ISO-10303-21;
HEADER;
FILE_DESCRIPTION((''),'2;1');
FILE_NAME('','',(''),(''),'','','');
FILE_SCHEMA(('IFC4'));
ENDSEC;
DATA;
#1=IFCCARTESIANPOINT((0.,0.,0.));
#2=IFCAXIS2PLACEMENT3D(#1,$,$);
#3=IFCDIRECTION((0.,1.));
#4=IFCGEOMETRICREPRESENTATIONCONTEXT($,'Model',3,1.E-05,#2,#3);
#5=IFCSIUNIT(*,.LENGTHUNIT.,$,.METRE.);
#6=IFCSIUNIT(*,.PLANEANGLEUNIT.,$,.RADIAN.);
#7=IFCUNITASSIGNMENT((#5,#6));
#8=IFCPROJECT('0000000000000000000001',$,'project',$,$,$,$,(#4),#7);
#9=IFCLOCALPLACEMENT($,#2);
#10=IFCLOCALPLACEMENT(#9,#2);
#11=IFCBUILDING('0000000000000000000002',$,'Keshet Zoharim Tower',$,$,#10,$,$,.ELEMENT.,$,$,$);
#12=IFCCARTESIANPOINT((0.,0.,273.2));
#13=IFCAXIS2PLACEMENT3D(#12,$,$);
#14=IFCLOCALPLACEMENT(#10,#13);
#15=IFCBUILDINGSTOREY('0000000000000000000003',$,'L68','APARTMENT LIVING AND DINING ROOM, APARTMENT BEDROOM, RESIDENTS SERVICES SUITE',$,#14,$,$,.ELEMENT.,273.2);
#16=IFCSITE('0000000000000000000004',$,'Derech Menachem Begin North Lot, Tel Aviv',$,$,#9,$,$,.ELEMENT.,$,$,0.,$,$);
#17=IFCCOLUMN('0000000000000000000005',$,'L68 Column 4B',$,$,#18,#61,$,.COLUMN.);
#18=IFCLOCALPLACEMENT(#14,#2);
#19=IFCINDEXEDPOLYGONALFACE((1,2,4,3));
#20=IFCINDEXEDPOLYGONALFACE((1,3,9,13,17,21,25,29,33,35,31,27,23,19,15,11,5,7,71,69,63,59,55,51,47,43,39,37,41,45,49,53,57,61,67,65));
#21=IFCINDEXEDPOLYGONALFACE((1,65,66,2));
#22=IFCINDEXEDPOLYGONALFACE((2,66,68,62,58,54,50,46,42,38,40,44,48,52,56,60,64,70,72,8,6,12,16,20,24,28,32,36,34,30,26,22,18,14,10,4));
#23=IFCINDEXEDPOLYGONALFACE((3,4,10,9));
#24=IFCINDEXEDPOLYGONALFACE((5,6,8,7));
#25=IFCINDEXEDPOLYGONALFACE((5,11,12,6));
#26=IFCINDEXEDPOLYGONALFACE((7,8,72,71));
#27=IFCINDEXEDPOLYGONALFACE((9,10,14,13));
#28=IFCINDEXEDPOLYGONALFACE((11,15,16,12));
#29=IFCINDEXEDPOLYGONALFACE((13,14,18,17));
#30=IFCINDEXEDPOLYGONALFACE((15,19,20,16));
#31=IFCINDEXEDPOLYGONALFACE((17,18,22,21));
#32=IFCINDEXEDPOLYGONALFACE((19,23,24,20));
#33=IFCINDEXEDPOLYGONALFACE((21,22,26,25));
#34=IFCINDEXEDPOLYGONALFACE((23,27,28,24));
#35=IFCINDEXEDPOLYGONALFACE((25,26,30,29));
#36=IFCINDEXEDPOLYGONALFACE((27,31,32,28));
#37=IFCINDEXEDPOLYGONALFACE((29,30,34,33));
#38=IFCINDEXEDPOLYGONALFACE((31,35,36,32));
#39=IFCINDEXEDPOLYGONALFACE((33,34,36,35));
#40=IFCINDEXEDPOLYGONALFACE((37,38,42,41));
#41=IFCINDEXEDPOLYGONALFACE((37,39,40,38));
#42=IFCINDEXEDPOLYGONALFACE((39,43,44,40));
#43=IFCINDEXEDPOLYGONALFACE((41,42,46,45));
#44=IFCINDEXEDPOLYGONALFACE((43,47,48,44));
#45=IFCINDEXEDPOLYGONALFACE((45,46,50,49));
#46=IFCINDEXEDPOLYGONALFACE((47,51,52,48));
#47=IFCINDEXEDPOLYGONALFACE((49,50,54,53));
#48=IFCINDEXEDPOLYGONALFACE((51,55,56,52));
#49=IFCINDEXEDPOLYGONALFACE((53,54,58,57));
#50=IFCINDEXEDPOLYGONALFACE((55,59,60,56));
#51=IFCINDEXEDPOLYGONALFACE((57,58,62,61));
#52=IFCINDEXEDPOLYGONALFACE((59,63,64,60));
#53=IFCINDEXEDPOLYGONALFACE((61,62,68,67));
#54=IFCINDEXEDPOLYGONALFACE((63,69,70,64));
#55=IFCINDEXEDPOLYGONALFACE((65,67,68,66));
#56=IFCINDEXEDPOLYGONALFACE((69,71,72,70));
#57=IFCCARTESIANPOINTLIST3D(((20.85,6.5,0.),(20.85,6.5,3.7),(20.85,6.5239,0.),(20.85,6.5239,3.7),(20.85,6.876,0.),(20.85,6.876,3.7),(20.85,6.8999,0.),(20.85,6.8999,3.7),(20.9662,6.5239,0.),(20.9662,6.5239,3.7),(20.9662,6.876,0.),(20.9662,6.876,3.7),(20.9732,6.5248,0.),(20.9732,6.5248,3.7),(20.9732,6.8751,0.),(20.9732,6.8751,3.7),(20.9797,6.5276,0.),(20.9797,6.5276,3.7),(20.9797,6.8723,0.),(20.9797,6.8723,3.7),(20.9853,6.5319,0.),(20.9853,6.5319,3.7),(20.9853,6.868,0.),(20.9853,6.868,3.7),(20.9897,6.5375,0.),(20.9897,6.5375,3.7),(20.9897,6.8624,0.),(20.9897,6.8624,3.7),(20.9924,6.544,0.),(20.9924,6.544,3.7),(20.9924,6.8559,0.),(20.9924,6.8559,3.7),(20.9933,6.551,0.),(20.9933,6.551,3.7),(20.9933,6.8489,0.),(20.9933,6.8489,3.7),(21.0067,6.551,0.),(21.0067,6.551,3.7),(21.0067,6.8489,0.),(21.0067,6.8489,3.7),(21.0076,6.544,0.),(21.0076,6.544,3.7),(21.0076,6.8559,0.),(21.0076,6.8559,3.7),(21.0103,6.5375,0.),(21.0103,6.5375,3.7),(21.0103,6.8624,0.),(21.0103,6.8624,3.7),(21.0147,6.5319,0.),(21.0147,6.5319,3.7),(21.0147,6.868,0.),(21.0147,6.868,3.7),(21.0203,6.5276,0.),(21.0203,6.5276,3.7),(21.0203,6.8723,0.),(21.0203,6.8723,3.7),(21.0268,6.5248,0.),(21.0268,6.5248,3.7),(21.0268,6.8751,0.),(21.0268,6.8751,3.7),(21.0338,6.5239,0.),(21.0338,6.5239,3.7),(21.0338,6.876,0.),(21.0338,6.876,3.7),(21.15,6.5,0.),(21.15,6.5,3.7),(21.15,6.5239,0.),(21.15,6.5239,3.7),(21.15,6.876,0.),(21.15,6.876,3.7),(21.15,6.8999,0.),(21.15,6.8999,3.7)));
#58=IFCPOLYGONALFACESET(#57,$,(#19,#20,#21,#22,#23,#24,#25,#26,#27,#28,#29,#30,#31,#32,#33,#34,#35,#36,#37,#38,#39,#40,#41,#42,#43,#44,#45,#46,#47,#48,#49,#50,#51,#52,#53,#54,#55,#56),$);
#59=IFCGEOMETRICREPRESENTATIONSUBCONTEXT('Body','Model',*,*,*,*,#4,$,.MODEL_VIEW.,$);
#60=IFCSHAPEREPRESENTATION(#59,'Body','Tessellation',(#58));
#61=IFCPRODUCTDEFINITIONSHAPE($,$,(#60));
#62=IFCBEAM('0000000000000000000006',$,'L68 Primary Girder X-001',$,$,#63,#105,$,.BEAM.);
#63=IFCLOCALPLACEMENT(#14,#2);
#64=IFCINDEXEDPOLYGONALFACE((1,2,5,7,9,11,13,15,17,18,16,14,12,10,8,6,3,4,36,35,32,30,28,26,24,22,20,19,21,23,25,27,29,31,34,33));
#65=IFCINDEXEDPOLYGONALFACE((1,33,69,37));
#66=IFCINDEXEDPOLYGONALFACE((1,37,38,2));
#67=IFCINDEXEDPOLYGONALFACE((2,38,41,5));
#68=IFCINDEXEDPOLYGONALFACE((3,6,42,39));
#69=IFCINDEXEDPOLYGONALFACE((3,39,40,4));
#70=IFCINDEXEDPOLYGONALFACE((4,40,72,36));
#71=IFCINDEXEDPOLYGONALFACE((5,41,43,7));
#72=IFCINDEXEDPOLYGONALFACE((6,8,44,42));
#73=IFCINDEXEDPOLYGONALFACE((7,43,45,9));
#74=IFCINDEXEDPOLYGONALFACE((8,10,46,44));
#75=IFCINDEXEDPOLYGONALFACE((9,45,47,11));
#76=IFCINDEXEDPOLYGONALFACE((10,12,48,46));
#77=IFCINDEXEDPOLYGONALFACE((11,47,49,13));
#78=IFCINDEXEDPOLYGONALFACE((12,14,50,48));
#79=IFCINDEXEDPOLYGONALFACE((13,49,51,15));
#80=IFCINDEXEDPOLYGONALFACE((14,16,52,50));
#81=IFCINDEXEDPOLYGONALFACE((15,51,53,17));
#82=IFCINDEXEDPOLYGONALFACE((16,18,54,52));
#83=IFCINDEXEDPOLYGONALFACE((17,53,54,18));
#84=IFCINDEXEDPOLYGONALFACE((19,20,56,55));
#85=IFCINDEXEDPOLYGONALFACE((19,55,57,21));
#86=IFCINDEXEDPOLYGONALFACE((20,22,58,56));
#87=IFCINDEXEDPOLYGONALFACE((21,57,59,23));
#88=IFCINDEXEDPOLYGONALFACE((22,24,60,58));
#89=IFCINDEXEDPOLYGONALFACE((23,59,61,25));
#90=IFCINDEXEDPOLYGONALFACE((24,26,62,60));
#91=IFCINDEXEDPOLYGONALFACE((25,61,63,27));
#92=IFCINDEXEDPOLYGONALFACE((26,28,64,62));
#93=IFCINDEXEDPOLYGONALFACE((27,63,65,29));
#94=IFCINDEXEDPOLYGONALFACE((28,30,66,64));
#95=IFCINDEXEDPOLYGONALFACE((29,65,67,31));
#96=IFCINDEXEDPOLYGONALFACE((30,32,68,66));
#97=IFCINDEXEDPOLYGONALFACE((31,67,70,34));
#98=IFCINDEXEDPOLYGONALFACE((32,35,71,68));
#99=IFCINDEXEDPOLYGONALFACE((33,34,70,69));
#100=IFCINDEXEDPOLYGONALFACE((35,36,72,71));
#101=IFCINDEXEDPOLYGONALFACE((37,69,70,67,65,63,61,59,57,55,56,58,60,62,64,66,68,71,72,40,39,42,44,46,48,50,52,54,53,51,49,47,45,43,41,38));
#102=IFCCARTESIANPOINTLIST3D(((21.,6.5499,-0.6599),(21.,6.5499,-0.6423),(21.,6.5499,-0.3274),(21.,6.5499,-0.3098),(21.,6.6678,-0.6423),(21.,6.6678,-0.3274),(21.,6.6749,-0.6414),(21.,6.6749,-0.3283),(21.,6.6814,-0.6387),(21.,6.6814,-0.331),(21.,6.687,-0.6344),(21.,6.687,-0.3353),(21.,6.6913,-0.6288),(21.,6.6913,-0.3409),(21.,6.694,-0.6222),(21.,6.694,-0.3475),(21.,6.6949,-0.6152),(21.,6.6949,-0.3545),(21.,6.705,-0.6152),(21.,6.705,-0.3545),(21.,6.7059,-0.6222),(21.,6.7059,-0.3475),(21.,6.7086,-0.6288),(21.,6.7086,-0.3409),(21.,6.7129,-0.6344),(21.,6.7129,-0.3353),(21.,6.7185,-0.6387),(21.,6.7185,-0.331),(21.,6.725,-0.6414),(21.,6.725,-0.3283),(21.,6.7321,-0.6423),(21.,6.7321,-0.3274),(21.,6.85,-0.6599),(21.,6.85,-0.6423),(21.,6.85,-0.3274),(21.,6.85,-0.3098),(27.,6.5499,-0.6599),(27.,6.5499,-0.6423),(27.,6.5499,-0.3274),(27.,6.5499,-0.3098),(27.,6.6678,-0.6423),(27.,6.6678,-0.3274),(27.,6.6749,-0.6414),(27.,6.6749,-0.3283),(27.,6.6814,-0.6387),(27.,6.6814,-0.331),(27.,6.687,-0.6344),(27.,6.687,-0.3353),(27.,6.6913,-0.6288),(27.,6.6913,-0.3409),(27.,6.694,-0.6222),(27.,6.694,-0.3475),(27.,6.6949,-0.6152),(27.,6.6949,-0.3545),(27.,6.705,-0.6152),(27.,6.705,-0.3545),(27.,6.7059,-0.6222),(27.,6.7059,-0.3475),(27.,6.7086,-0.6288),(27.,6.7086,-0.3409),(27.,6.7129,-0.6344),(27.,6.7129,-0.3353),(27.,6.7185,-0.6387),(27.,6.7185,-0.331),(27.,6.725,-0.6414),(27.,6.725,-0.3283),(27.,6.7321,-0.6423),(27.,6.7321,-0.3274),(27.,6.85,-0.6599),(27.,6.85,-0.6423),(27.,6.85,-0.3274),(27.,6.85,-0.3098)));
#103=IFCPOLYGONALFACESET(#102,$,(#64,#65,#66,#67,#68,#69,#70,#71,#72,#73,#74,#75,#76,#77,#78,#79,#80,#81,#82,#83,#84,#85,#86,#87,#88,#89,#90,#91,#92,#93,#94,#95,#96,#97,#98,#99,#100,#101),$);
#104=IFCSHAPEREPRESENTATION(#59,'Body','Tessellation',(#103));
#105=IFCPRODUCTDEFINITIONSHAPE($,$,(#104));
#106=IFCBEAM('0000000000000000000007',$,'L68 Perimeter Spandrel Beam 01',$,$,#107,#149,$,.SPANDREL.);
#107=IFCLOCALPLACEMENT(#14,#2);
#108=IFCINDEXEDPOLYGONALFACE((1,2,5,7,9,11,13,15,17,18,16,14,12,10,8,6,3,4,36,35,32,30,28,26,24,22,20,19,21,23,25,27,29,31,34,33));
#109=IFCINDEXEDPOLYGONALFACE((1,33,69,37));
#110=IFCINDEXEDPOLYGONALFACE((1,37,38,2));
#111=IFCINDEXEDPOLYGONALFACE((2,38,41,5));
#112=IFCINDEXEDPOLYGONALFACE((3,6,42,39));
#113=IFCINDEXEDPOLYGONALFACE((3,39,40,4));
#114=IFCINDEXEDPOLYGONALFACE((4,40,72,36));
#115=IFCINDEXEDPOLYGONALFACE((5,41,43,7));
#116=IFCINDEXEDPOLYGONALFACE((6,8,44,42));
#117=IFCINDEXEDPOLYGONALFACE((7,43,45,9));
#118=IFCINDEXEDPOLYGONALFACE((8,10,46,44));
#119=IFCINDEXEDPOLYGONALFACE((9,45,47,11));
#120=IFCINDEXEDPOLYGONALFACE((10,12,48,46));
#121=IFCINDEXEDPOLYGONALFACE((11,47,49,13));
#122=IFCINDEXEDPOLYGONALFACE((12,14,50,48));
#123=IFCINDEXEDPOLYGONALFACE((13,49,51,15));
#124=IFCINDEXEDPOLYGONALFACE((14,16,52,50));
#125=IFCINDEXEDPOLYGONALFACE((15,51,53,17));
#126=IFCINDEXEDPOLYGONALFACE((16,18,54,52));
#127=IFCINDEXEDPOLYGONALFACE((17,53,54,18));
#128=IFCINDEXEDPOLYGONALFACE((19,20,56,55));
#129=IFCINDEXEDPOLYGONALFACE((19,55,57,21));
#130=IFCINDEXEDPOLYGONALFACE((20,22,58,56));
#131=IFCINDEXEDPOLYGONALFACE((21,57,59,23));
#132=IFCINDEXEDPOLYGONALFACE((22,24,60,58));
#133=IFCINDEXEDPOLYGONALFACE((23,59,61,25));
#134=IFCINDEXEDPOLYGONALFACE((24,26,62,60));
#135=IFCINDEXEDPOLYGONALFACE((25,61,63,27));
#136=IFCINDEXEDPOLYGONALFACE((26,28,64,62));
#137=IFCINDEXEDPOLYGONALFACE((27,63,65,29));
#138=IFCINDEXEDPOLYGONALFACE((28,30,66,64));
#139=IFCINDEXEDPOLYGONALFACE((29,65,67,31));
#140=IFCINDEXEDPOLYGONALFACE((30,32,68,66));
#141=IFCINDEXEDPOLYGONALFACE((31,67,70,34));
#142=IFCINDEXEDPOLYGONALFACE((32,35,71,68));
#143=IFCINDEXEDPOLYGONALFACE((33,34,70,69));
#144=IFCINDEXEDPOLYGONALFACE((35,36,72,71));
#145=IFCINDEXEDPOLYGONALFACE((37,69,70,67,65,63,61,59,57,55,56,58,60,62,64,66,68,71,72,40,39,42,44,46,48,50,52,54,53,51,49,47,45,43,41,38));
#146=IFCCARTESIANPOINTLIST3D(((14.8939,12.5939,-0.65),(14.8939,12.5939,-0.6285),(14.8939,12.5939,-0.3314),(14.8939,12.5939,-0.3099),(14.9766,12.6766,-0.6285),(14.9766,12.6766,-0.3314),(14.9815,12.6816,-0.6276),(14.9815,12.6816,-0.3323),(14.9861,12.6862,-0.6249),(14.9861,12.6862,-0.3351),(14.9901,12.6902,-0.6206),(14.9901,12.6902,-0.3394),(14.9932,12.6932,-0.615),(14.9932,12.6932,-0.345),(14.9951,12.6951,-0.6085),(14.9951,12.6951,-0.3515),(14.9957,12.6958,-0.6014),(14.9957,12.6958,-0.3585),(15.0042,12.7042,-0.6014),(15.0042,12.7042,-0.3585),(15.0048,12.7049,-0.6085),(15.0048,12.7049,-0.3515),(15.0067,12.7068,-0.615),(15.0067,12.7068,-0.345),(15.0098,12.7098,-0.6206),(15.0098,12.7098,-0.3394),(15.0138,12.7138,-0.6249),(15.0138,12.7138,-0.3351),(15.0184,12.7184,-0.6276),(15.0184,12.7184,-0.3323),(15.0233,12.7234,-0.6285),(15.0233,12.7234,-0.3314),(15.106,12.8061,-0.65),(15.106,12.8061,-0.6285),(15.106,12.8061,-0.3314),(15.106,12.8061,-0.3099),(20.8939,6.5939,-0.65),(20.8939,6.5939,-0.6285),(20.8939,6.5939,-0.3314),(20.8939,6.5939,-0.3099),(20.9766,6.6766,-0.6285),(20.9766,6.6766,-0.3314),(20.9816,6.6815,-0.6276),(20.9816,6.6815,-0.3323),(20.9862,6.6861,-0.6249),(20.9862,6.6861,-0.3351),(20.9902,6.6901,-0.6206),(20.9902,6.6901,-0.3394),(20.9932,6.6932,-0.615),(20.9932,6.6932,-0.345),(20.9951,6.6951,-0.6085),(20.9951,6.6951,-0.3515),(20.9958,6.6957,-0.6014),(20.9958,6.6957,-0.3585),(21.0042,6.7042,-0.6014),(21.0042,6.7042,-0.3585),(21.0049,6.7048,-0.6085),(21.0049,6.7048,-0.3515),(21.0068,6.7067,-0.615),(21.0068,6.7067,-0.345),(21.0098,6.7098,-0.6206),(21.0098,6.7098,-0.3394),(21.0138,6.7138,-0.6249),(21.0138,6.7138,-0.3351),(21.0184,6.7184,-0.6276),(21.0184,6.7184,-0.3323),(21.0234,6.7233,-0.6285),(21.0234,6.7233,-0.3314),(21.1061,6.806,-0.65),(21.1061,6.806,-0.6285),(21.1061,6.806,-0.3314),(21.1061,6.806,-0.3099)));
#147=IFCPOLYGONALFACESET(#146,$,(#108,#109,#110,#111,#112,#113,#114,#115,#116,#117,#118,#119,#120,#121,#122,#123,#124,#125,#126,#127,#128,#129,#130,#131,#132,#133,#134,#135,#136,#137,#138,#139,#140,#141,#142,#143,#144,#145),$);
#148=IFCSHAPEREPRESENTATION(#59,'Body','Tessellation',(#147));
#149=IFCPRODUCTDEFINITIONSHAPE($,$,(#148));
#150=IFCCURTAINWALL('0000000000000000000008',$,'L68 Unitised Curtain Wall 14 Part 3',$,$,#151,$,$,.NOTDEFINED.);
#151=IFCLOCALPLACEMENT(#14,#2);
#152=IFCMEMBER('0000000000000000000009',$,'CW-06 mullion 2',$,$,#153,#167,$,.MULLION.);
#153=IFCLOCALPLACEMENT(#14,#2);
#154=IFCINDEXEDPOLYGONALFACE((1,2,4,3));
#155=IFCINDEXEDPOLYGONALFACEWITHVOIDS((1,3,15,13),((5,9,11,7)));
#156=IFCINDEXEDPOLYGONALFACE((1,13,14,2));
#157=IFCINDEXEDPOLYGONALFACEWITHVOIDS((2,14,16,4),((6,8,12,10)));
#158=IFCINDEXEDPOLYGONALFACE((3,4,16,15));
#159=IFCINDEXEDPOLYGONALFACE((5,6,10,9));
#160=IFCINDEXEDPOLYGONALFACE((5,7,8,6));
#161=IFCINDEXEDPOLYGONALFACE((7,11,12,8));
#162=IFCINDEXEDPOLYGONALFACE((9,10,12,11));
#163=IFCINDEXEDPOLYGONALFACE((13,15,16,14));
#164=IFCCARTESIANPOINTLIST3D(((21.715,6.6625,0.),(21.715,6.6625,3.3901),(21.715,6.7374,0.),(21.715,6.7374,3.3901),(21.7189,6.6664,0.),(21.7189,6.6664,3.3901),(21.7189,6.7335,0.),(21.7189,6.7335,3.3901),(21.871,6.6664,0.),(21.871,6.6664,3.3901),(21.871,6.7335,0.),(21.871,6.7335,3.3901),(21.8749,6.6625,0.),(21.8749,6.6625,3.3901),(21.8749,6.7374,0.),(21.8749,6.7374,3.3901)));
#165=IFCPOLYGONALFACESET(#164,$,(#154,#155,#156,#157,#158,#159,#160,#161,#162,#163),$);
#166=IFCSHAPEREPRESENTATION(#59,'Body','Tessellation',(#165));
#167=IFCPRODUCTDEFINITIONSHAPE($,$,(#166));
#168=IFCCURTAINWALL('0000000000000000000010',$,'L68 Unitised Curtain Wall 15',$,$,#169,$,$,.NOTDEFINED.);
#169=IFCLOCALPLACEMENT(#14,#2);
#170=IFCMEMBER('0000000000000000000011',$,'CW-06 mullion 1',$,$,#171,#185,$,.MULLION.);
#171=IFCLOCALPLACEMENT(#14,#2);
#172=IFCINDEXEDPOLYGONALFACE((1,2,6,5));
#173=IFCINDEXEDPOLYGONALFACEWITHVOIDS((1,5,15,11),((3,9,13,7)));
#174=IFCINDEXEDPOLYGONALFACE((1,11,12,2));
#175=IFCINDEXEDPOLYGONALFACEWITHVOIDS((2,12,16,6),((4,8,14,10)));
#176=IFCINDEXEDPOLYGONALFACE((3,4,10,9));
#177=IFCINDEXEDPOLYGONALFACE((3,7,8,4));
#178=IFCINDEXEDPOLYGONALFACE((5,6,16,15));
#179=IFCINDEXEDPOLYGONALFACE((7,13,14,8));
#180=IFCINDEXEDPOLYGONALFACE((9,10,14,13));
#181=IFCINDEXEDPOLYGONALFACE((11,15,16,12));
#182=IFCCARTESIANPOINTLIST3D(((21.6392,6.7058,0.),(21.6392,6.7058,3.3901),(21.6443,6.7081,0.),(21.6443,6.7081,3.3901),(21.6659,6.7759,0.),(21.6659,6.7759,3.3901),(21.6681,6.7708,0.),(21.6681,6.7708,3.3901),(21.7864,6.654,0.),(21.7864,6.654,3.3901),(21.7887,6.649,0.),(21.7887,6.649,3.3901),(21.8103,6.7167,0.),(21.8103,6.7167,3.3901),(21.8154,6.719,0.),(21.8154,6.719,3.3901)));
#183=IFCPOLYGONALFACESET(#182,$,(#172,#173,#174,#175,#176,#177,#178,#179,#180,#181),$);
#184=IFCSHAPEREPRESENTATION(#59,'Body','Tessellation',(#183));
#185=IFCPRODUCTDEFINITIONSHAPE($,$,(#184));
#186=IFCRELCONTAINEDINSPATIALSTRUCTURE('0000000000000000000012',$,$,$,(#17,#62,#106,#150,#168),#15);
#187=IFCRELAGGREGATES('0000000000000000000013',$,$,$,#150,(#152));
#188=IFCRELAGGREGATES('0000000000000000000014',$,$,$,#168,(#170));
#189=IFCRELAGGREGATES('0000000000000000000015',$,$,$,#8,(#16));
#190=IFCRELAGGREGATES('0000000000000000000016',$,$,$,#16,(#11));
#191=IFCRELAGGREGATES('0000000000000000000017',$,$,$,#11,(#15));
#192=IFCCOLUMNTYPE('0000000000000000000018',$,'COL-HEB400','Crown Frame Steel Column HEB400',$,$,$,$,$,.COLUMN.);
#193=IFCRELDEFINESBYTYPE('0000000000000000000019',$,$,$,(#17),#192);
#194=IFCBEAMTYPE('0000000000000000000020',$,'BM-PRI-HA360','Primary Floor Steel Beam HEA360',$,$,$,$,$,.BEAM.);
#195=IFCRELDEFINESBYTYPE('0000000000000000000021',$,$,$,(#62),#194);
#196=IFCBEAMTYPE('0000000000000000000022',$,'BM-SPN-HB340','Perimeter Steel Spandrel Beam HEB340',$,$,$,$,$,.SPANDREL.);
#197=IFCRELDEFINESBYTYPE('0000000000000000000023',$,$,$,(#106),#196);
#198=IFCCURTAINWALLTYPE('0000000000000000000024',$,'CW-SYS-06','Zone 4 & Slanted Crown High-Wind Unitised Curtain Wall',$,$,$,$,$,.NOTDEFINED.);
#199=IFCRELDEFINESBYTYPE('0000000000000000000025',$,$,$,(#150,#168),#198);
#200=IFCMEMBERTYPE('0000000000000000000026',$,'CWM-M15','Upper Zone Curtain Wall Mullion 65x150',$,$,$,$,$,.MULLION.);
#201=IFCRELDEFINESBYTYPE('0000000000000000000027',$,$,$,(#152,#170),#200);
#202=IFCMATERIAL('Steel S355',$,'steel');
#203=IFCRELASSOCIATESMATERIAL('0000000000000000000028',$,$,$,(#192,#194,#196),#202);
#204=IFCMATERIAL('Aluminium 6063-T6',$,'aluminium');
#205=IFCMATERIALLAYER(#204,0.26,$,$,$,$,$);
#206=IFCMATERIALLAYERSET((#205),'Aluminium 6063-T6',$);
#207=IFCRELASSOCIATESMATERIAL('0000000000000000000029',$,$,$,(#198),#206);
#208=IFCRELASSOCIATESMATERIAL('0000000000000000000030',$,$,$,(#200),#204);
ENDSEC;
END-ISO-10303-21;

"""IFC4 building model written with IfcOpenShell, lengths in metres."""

from ifc_helpers import new_model, si_unit, direction, frame, origin, origin_2d, place, context, subcontext, project, spatial, hollow_rectangle, i_section, extrude, material, layer, layer_set, material_profile, profile_set, type_object, element, aggregate, save


model = new_model("IFC4")

# Units and contexts
model_context = context("Model", 3, precision=1e-05, world=origin(), true_north=direction((0.0, 1.0)))
body_context = subcontext(model_context, "Body", "Model", "MODEL_VIEW")
ifc_project = project(units=[si_unit("LENGTHUNIT", "METRE"), si_unit("PLANEANGLEUNIT", "RADIAN")], contexts=[model_context])

# Site, building, storey
site_placement = place(None, origin())
site = spatial("IfcSite", under=ifc_project, at=site_placement, Name="Derech Menachem Begin North Lot, Tel Aviv", CompositionType="ELEMENT", RefElevation=0.0)
building_placement = place(site_placement, origin())
building = spatial("IfcBuilding", under=site, at=building_placement, Name="Keshet Zoharim Tower", CompositionType="ELEMENT")
storey_placement = place(building_placement, frame((0.0, 0.0, 273.2)))
storey = spatial("IfcBuildingStorey", under=building, at=storey_placement, Name="L68", Description="APARTMENT LIVING AND DINING ROOM, APARTMENT BEDROOM, RESIDENTS SERVICES SUITE", CompositionType="ELEMENT", Elevation=273.2)

# Column
ifc_material_1 = material(Name="Steel S355", Category="steel")
ifc_material_profile_1 = material_profile(ifc_material_1, i_section(OverallWidth=0.3, OverallDepth=0.3999, WebThickness=0.0134, FlangeThickness=0.0239, FilletRadius=0.0271, at=origin_2d()), Name="HEB400")
ifc_profile_set_1 = profile_set([ifc_material_profile_1], Name="Steel S355")
column_type = type_object("IfcColumnType", Name="COL-HEB400", Description="Crown Frame Steel Column HEB400", PredefinedType="COLUMN", material=ifc_profile_set_1)
column_placement = place(storey_placement, frame((21.0, 6.7, 0.0), z_axis=(0.0, 0.0, 1.0), x_axis=(1.0, 0.0, 0.0)))
element("IfcColumn", 1, at=column_placement, inside=storey, type_object=column_type, Name="L68 Column 4B", PredefinedType="COLUMN", context=body_context, shape_type="SweptSolid", body=[
    extrude(i_section(OverallWidth=0.3, OverallDepth=0.3999, WebThickness=0.0134, FlangeThickness=0.0239, FilletRadius=0.0271, at=origin_2d()), origin(), (0.0, 0.0, 1.0), 3.7),
])

# Beams
ifc_material_profile_2 = material_profile(ifc_material_1, i_section(OverallWidth=0.3, OverallDepth=0.3501, WebThickness=0.01, FlangeThickness=0.0176, FilletRadius=0.0271, at=origin_2d()), Name="HEA360")
ifc_profile_set_2 = profile_set([ifc_material_profile_2], Name="Steel S355")
beam_type_1 = type_object("IfcBeamType", Name="BM-PRI-HA360", Description="Primary Floor Steel Beam HEA360", PredefinedType="BEAM", material=ifc_profile_set_2)
beam_1_placement = place(storey_placement, frame((21.0, 6.7, -0.4849), z_axis=(1.0, 0.0, 0.0), x_axis=(0.0, 1.0, 0.0)))
element("IfcBeam", 2, at=beam_1_placement, inside=storey, type_object=beam_type_1, Name="L68 Primary Girder X-001", PredefinedType="BEAM", context=body_context, shape_type="SweptSolid", body=[
    extrude(i_section(OverallWidth=0.3, OverallDepth=0.3501, WebThickness=0.01, FlangeThickness=0.0176, FilletRadius=0.0271, at=origin_2d()), origin(), (0.0, 0.0, 1.0), 6.0),
])
ifc_material_profile_3 = material_profile(ifc_material_1, i_section(OverallWidth=0.3, OverallDepth=0.3401, WebThickness=0.012, FlangeThickness=0.0215, FilletRadius=0.0271, at=origin_2d()), Name="HEB340")
ifc_profile_set_3 = profile_set([ifc_material_profile_3], Name="Steel S355")
beam_type_2 = type_object("IfcBeamType", Name="BM-SPN-HB340", Description="Perimeter Steel Spandrel Beam HEB340", PredefinedType="SPANDREL", material=ifc_profile_set_3)
beam_2_placement = place(storey_placement, frame((21.0, 6.7, -0.48), z_axis=(-0.707107, 0.707107, 0.0), x_axis=(-0.707107, -0.707107, 0.0)))
element("IfcBeam", 3, at=beam_2_placement, inside=storey, type_object=beam_type_2, Name="L68 Perimeter Spandrel Beam 01", PredefinedType="SPANDREL", context=body_context, shape_type="SweptSolid", body=[
    extrude(i_section(OverallWidth=0.3, OverallDepth=0.3401, WebThickness=0.012, FlangeThickness=0.0215, FilletRadius=0.0271, at=origin_2d()), origin(), (0.0, 0.0, 1.0), 8.4854),
])

# Curtain wall, member
ifc_material_2 = material(Name="Aluminium 6063-T6", Category="aluminium")
ifc_layer_1 = layer(ifc_material_2, 0.26)
ifc_layer_set_1 = layer_set([ifc_layer_1], Name="Aluminium 6063-T6")
curtain_wall_type = type_object("IfcCurtainWallType", Name="CW-SYS-06", Description="Zone 4 & Slanted Crown High-Wind Unitised Curtain Wall", PredefinedType="NOTDEFINED", material=ifc_layer_set_1)
curtain_wall_1_placement = place(storey_placement, origin())
curtain_wall_1 = element("IfcCurtainWall", 4, at=curtain_wall_1_placement, inside=storey, type_object=curtain_wall_type, Name="L68 Unitised Curtain Wall 14 Part 3", PredefinedType="NOTDEFINED")
ifc_material_profile_4 = material_profile(ifc_material_2, hollow_rectangle(XDim=0.075, YDim=0.1599, WallThickness=0.0039, at=origin_2d()), Name="MUL-75x160")
ifc_profile_set_4 = profile_set([ifc_material_profile_4], Name="Aluminium 6063-T6")
member_type_1 = type_object("IfcMemberType", Name="CWM-M15", Description="Upper Zone Curtain Wall Mullion 65x150", PredefinedType="MULLION", material=ifc_profile_set_4)
member_1_placement = place(storey_placement, frame((21.7949, 6.7, 0.0), z_axis=(0.0, 0.0, 1.0), x_axis=(0.0, -1.0, 0.0)))
member_1 = element("IfcMember", 5, at=member_1_placement, type_object=member_type_1, Name="CW-06 mullion 2", PredefinedType="MULLION", context=body_context, shape_type="SweptSolid", body=[
    extrude(hollow_rectangle(XDim=0.075, YDim=0.1599, WallThickness=0.0039, at=origin_2d()), origin(), (0.0, 0.0, 1.0), 3.3901),
])
aggregate(curtain_wall_1, [member_1])

# Curtain wall, member
curtain_wall_2_placement = place(storey_placement, origin())
curtain_wall_2 = element("IfcCurtainWall", 6, at=curtain_wall_2_placement, inside=storey, type_object=curtain_wall_type, Name="L68 Unitised Curtain Wall 15", PredefinedType="NOTDEFINED")
member_2_placement = place(storey_placement, frame((21.7273, 6.7124, 0.0), z_axis=(0.0, 0.0, 1.0), x_axis=(-0.355439, -0.934699, 0.0)))
member_2 = element("IfcMember", 7, at=member_2_placement, type_object=member_type_1, Name="CW-06 mullion 1", PredefinedType="MULLION", context=body_context, shape_type="SweptSolid", body=[
    extrude(hollow_rectangle(XDim=0.075, YDim=0.1599, WallThickness=0.0039, at=origin_2d()), origin(), (0.0, 0.0, 1.0), 3.3901),
])

aggregate(curtain_wall_2, [member_2])

save(model, "model.ifc")
